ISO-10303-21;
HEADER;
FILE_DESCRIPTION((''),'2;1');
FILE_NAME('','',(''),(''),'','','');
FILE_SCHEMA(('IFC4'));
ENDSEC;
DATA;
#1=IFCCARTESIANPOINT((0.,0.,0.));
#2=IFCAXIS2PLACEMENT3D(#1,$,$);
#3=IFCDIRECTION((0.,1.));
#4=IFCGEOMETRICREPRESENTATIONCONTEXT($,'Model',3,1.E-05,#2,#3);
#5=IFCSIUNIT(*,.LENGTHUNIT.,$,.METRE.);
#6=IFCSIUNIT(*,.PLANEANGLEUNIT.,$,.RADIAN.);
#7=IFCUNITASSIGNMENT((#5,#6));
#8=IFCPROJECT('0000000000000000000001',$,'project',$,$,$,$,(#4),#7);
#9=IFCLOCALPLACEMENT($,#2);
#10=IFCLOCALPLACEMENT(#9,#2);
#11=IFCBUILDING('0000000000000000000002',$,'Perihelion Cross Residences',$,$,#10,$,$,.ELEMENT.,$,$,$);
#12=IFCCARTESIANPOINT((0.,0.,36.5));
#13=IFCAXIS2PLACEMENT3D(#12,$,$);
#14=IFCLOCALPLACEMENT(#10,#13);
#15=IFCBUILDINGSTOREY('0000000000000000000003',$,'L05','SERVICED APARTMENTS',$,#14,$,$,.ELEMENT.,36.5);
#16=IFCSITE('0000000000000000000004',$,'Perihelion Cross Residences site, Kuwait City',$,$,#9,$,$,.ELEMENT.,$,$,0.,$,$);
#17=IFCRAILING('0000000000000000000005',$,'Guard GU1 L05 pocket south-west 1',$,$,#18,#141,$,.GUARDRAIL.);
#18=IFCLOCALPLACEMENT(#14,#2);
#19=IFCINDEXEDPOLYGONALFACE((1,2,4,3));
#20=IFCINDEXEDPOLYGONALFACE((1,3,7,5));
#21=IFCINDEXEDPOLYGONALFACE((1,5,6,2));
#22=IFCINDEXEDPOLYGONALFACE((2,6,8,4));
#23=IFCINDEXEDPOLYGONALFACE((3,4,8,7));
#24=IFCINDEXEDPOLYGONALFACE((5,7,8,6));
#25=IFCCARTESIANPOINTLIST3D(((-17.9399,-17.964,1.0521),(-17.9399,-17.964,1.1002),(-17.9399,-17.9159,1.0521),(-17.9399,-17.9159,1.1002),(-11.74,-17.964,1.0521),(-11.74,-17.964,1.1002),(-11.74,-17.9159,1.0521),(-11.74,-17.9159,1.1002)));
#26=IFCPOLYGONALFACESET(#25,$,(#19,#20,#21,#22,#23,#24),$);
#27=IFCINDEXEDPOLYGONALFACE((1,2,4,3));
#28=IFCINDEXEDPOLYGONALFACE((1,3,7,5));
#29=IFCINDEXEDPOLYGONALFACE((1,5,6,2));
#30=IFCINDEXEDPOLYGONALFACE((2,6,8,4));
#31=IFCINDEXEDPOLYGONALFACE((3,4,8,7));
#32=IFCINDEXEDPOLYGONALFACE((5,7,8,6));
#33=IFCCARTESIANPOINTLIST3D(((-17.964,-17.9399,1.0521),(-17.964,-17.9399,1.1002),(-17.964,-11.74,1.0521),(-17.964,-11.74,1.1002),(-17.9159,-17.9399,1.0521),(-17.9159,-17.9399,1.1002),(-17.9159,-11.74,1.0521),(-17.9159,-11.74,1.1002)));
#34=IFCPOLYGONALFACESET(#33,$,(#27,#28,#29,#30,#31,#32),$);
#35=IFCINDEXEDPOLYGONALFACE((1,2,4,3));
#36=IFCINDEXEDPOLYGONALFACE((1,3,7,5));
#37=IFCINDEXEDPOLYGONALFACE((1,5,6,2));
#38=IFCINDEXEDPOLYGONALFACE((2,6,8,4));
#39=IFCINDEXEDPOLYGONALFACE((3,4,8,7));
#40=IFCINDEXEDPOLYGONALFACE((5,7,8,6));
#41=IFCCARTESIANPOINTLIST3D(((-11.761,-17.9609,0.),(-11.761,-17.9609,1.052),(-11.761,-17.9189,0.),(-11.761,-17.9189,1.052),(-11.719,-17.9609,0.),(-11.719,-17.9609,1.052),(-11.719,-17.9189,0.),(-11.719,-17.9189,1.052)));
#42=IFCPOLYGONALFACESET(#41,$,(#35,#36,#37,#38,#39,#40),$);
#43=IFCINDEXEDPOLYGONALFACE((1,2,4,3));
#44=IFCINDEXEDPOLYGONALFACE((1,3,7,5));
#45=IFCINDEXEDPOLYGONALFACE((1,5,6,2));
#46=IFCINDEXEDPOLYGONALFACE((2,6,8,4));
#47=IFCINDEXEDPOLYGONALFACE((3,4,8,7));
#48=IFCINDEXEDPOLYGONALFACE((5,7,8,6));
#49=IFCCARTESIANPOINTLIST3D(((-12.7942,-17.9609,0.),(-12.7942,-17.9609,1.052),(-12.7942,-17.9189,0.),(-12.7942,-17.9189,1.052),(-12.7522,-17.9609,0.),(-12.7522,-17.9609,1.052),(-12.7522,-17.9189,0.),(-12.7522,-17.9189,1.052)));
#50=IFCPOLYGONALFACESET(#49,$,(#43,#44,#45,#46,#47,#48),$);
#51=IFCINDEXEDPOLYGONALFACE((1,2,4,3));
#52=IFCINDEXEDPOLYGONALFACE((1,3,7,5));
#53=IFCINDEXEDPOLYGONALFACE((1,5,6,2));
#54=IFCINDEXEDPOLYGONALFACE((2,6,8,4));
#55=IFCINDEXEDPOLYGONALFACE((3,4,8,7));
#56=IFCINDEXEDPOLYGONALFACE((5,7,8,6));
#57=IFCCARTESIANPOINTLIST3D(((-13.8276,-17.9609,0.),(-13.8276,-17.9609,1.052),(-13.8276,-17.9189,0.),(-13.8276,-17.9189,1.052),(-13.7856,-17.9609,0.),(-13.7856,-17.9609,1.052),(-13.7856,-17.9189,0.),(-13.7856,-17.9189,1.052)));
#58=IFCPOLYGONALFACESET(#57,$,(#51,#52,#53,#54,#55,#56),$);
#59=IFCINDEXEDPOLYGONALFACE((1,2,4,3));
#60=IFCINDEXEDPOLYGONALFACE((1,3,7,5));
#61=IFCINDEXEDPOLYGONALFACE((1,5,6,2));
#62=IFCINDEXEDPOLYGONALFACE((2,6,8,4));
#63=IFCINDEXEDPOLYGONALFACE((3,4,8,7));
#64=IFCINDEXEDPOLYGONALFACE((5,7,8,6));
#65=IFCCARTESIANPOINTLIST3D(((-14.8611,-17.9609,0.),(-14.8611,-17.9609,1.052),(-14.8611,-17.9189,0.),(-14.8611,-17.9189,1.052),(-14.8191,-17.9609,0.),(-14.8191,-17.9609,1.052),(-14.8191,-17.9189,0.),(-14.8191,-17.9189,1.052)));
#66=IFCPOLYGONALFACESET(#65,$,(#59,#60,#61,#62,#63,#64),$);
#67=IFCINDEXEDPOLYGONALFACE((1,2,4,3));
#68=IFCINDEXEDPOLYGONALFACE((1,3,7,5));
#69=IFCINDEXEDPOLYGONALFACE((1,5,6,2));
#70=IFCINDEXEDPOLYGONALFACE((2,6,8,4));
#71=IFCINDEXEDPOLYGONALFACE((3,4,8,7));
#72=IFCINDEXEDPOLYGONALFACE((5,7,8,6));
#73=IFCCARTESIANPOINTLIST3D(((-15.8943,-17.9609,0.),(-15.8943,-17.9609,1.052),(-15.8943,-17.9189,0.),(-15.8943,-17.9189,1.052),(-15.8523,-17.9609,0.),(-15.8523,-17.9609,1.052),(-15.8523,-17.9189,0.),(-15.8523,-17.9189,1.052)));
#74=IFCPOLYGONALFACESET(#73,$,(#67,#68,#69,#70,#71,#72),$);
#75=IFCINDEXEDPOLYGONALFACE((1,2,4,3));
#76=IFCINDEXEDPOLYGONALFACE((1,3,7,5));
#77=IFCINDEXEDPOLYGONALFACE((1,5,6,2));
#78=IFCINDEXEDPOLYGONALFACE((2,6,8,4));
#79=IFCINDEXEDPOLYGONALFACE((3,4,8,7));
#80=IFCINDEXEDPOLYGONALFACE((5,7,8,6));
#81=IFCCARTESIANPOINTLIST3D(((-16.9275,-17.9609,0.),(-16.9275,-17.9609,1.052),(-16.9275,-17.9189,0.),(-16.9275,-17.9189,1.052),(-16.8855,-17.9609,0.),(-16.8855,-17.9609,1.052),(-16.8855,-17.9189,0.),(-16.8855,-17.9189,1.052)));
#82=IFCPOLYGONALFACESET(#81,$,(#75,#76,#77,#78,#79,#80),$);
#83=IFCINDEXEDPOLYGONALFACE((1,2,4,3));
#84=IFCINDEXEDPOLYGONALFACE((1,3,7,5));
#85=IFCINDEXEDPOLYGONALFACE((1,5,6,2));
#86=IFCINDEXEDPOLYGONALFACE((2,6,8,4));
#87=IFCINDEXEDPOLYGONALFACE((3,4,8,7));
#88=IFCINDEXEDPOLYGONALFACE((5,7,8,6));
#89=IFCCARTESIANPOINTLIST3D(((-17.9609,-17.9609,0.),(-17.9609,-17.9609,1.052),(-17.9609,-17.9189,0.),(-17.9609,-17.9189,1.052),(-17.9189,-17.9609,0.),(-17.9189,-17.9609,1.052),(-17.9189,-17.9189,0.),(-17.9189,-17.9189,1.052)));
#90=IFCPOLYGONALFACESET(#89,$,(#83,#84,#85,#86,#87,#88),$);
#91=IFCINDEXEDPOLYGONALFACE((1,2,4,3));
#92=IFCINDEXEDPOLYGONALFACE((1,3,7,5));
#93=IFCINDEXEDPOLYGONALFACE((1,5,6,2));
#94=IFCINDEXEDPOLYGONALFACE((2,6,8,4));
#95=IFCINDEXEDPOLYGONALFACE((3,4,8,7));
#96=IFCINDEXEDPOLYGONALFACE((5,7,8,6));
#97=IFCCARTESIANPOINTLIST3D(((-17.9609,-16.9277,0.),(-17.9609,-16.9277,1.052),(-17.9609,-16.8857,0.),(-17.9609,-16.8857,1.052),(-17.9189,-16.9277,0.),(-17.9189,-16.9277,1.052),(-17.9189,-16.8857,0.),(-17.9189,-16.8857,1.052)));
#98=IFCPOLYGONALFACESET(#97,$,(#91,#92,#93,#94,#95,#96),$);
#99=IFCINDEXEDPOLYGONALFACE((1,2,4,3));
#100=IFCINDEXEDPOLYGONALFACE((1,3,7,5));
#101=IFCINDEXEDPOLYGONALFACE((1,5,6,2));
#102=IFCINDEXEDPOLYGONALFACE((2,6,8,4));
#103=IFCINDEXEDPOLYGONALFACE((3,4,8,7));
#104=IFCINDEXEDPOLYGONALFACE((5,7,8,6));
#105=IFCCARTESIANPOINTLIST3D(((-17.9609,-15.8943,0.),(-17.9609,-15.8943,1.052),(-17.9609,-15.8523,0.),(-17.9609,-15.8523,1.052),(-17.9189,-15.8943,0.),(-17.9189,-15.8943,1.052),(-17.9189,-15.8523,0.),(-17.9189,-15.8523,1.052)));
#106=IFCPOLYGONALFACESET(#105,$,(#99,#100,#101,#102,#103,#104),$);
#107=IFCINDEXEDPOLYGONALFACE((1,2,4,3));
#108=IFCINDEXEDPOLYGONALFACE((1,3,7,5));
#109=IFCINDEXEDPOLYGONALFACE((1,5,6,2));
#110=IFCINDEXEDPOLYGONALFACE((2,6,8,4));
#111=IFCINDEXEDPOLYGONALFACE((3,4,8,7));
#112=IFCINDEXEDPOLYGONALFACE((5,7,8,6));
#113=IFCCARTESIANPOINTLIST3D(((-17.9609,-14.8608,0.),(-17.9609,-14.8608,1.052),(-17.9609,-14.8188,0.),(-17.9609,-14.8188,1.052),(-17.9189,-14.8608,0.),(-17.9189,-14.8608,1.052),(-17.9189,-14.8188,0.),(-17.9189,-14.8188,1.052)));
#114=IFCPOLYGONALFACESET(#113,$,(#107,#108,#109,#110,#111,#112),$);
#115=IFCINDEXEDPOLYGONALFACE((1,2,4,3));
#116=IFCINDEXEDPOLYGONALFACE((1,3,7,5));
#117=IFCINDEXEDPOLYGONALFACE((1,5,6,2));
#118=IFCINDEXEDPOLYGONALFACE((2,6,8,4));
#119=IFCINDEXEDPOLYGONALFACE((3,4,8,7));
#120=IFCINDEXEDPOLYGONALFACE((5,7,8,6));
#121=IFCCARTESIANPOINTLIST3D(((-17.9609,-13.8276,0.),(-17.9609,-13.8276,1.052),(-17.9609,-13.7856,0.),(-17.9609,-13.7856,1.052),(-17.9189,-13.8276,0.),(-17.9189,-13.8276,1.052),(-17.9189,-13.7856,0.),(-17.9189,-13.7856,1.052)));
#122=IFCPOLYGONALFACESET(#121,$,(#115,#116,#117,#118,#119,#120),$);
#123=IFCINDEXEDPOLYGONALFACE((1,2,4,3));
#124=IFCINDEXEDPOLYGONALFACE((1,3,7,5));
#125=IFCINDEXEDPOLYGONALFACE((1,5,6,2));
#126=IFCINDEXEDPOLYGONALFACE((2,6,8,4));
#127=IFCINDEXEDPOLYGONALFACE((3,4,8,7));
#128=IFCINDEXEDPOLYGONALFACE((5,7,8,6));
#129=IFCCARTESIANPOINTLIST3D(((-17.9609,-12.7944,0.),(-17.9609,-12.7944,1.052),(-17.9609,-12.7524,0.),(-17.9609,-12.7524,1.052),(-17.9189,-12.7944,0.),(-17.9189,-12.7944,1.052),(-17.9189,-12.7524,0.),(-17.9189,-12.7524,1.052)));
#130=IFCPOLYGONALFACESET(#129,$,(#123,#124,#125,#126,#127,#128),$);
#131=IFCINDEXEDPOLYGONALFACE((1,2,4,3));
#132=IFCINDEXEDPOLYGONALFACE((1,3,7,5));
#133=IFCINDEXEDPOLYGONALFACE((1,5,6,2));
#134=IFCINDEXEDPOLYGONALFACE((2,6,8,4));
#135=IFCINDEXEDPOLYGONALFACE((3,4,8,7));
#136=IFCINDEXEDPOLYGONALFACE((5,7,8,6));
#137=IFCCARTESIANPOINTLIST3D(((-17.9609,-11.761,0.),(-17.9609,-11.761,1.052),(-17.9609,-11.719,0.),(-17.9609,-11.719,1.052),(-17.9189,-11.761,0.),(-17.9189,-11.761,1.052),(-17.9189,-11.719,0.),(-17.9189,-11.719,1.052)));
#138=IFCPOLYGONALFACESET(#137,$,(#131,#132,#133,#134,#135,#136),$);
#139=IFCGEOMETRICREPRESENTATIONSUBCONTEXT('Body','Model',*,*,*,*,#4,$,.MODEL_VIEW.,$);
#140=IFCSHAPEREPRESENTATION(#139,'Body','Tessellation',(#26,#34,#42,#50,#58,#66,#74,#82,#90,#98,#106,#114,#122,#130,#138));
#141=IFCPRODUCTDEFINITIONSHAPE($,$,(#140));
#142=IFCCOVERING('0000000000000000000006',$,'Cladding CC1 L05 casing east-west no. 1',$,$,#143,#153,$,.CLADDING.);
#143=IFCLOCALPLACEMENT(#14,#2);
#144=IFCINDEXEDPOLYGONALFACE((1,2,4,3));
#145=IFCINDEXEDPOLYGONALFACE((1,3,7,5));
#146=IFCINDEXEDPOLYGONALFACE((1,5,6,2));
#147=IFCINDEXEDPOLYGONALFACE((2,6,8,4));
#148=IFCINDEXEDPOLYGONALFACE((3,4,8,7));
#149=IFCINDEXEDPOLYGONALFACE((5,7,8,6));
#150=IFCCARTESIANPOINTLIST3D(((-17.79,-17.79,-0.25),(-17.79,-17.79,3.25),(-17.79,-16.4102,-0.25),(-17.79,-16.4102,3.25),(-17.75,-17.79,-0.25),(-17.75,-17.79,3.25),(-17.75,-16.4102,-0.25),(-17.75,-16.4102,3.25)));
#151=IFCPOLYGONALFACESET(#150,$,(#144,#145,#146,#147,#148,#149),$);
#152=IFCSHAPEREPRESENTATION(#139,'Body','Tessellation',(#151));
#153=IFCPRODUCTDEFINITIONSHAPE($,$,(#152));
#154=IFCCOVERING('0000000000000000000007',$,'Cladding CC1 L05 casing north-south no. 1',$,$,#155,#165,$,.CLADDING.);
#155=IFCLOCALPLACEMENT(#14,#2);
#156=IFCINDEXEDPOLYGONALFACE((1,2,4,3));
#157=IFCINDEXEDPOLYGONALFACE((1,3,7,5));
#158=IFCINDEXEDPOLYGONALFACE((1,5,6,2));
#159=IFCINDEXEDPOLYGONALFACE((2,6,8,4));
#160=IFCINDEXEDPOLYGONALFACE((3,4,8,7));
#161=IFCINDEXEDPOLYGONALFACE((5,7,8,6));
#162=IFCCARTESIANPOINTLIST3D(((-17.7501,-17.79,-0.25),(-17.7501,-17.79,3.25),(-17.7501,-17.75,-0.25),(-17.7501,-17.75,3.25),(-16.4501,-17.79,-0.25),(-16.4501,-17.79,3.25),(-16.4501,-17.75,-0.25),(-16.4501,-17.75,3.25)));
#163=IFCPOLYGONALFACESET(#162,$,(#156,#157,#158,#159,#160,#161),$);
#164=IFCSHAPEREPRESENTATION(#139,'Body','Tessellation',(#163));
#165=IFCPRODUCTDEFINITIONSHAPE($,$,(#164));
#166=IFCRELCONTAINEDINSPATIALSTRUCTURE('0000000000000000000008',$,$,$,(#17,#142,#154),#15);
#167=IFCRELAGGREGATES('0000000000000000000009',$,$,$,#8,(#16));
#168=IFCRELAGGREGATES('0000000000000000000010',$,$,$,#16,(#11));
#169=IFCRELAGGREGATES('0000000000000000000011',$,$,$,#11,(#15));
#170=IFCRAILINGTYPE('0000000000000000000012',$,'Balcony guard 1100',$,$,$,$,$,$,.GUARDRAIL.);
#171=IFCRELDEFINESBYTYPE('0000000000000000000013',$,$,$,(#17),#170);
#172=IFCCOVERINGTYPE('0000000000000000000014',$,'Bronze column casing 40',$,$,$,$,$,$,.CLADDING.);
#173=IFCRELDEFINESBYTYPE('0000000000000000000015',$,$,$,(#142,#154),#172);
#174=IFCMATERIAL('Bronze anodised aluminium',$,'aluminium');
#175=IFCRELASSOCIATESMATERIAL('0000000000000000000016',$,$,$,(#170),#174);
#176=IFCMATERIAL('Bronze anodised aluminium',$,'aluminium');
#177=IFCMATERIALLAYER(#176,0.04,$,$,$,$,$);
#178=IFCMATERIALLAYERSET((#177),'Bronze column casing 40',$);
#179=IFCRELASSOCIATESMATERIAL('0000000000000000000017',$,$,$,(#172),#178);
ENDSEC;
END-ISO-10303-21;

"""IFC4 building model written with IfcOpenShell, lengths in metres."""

from ifc_helpers import new_model, si_unit, direction, frame, origin, origin_2d, place, context, subcontext, project, spatial, rectangle, extrude, material, layer, layer_set, type_object, element, save


model = new_model("IFC4")

# Units and contexts
model_context = context("Model", 3, precision=1e-05, world=origin(), true_north=direction((0.0, 1.0)))
body_context = subcontext(model_context, "Body", "Model", "MODEL_VIEW")
ifc_project = project(units=[si_unit("LENGTHUNIT", "METRE"), si_unit("PLANEANGLEUNIT", "RADIAN")], contexts=[model_context])

# Site, building, storey
site_placement = place(None, origin())
site = spatial("IfcSite", under=ifc_project, at=site_placement, Name="Perihelion Cross Residences site, Kuwait City", CompositionType="ELEMENT", RefElevation=0.0)
building_placement = place(site_placement, origin())
building = spatial("IfcBuilding", under=site, at=building_placement, Name="Perihelion Cross Residences", CompositionType="ELEMENT")
storey_placement = place(building_placement, frame((0.0, 0.0, 36.5)))
storey = spatial("IfcBuildingStorey", under=building, at=storey_placement, Name="L05", Description="SERVICED APARTMENTS", CompositionType="ELEMENT", Elevation=36.5)

# Railing
ifc_material_1 = material(Name="Bronze anodised aluminium", Category="aluminium")
railing_type = type_object("IfcRailingType", Name="Balcony guard 1100", PredefinedType="GUARDRAIL", material=ifc_material_1)
railing_1_placement = place(storey_placement, frame((-11.74, -17.9399, 0.0)))
element("IfcRailing", 1, at=railing_1_placement, inside=storey, type_object=railing_type, Name="Guard GU1 L05 pocket south-west 1", PredefinedType="GUARDRAIL", context=body_context, shape_type="SweptSolid", body=[
    extrude(rectangle(XDim=0.0481, YDim=0.0481, at=origin_2d()), frame((0.0, 0.0, 1.0762), z_axis=(-1.0, 0.0, 0.0), x_axis=(0.0, -1.0, 0.0)), (0.0, 0.0, 1.0), 6.2),
    extrude(rectangle(XDim=0.0481, YDim=0.0481, at=origin_2d()), frame((-6.2, 0.0, 1.0762), z_axis=(0.0, 1.0, 0.0), x_axis=(-1.0, 0.0, 0.0)), (0.0, 0.0, 1.0), 6.2),
    extrude(rectangle(XDim=0.042, YDim=0.042, at=origin_2d()), origin(), (0.0, 0.0, 1.0), 1.052),
    extrude(rectangle(XDim=0.042, YDim=0.042, at=origin_2d()), frame((-1.0332, 0.0, 0.0)), (0.0, 0.0, 1.0), 1.052),
    extrude(rectangle(XDim=0.042, YDim=0.042, at=origin_2d()), frame((-2.0667, 0.0, 0.0)), (0.0, 0.0, 1.0), 1.052),
    extrude(rectangle(XDim=0.042, YDim=0.042, at=origin_2d()), frame((-3.1001, 0.0, 0.0)), (0.0, 0.0, 1.0), 1.052),
    extrude(rectangle(XDim=0.042, YDim=0.042, at=origin_2d()), frame((-4.1333, 0.0, 0.0)), (0.0, 0.0, 1.0), 1.052),
    extrude(rectangle(XDim=0.042, YDim=0.042, at=origin_2d()), frame((-5.1665, 0.0, 0.0)), (0.0, 0.0, 1.0), 1.052),
    extrude(rectangle(XDim=0.042, YDim=0.042, at=origin_2d()), frame((-6.2, 0.0, 0.0)), (0.0, 0.0, 1.0), 1.052),
    extrude(rectangle(XDim=0.042, YDim=0.042, at=origin_2d()), frame((-6.2, 1.0332, 0.0)), (0.0, 0.0, 1.0), 1.052),
    extrude(rectangle(XDim=0.042, YDim=0.042, at=origin_2d()), frame((-6.2, 2.0667, 0.0)), (0.0, 0.0, 1.0), 1.052),
    extrude(rectangle(XDim=0.042, YDim=0.042, at=origin_2d()), frame((-6.2, 3.1001, 0.0)), (0.0, 0.0, 1.0), 1.052),
    extrude(rectangle(XDim=0.042, YDim=0.042, at=origin_2d()), frame((-6.2, 4.1333, 0.0)), (0.0, 0.0, 1.0), 1.052),
    extrude(rectangle(XDim=0.042, YDim=0.042, at=origin_2d()), frame((-6.2, 5.1665, 0.0)), (0.0, 0.0, 1.0), 1.052),
    extrude(rectangle(XDim=0.042, YDim=0.042, at=origin_2d()), frame((-6.2, 6.2, 0.0)), (0.0, 0.0, 1.0), 1.052),
])

# Coverings
ifc_material_2 = material(Name="Bronze anodised aluminium", Category="aluminium")
ifc_layer_1 = layer(ifc_material_2, 0.04)
ifc_layer_set_1 = layer_set([ifc_layer_1], Name="Bronze column casing 40")
covering_type = type_object("IfcCoveringType", Name="Bronze column casing 40", PredefinedType="CLADDING", material=ifc_layer_set_1)
covering_1_placement = place(storey_placement, frame((-17.77, -17.1001, -0.25), z_axis=(0.0, 0.0, 1.0), x_axis=(1.0, 0.0, 0.0)))
element("IfcCovering", 2, at=covering_1_placement, inside=storey, type_object=covering_type, Name="Cladding CC1 L05 casing east-west no. 1", PredefinedType="CLADDING", context=body_context, shape_type="SweptSolid", body=[
    extrude(rectangle(XDim=0.04, YDim=1.3799, at=origin_2d()), origin(), (0.0, 0.0, 1.0), 3.5),
])
covering_2_placement = place(storey_placement, frame((-17.1001, -17.77, -0.25), z_axis=(0.0, 0.0, 1.0), x_axis=(1.0, 0.0, 0.0)))
element("IfcCovering", 3, at=covering_2_placement, inside=storey, type_object=covering_type, Name="Cladding CC1 L05 casing north-south no. 1", PredefinedType="CLADDING", context=body_context, shape_type="SweptSolid", body=[
    extrude(rectangle(XDim=1.3, YDim=0.04, at=origin_2d()), origin(), (0.0, 0.0, 1.0), 3.5),
])

save(model, "model.ifc")
